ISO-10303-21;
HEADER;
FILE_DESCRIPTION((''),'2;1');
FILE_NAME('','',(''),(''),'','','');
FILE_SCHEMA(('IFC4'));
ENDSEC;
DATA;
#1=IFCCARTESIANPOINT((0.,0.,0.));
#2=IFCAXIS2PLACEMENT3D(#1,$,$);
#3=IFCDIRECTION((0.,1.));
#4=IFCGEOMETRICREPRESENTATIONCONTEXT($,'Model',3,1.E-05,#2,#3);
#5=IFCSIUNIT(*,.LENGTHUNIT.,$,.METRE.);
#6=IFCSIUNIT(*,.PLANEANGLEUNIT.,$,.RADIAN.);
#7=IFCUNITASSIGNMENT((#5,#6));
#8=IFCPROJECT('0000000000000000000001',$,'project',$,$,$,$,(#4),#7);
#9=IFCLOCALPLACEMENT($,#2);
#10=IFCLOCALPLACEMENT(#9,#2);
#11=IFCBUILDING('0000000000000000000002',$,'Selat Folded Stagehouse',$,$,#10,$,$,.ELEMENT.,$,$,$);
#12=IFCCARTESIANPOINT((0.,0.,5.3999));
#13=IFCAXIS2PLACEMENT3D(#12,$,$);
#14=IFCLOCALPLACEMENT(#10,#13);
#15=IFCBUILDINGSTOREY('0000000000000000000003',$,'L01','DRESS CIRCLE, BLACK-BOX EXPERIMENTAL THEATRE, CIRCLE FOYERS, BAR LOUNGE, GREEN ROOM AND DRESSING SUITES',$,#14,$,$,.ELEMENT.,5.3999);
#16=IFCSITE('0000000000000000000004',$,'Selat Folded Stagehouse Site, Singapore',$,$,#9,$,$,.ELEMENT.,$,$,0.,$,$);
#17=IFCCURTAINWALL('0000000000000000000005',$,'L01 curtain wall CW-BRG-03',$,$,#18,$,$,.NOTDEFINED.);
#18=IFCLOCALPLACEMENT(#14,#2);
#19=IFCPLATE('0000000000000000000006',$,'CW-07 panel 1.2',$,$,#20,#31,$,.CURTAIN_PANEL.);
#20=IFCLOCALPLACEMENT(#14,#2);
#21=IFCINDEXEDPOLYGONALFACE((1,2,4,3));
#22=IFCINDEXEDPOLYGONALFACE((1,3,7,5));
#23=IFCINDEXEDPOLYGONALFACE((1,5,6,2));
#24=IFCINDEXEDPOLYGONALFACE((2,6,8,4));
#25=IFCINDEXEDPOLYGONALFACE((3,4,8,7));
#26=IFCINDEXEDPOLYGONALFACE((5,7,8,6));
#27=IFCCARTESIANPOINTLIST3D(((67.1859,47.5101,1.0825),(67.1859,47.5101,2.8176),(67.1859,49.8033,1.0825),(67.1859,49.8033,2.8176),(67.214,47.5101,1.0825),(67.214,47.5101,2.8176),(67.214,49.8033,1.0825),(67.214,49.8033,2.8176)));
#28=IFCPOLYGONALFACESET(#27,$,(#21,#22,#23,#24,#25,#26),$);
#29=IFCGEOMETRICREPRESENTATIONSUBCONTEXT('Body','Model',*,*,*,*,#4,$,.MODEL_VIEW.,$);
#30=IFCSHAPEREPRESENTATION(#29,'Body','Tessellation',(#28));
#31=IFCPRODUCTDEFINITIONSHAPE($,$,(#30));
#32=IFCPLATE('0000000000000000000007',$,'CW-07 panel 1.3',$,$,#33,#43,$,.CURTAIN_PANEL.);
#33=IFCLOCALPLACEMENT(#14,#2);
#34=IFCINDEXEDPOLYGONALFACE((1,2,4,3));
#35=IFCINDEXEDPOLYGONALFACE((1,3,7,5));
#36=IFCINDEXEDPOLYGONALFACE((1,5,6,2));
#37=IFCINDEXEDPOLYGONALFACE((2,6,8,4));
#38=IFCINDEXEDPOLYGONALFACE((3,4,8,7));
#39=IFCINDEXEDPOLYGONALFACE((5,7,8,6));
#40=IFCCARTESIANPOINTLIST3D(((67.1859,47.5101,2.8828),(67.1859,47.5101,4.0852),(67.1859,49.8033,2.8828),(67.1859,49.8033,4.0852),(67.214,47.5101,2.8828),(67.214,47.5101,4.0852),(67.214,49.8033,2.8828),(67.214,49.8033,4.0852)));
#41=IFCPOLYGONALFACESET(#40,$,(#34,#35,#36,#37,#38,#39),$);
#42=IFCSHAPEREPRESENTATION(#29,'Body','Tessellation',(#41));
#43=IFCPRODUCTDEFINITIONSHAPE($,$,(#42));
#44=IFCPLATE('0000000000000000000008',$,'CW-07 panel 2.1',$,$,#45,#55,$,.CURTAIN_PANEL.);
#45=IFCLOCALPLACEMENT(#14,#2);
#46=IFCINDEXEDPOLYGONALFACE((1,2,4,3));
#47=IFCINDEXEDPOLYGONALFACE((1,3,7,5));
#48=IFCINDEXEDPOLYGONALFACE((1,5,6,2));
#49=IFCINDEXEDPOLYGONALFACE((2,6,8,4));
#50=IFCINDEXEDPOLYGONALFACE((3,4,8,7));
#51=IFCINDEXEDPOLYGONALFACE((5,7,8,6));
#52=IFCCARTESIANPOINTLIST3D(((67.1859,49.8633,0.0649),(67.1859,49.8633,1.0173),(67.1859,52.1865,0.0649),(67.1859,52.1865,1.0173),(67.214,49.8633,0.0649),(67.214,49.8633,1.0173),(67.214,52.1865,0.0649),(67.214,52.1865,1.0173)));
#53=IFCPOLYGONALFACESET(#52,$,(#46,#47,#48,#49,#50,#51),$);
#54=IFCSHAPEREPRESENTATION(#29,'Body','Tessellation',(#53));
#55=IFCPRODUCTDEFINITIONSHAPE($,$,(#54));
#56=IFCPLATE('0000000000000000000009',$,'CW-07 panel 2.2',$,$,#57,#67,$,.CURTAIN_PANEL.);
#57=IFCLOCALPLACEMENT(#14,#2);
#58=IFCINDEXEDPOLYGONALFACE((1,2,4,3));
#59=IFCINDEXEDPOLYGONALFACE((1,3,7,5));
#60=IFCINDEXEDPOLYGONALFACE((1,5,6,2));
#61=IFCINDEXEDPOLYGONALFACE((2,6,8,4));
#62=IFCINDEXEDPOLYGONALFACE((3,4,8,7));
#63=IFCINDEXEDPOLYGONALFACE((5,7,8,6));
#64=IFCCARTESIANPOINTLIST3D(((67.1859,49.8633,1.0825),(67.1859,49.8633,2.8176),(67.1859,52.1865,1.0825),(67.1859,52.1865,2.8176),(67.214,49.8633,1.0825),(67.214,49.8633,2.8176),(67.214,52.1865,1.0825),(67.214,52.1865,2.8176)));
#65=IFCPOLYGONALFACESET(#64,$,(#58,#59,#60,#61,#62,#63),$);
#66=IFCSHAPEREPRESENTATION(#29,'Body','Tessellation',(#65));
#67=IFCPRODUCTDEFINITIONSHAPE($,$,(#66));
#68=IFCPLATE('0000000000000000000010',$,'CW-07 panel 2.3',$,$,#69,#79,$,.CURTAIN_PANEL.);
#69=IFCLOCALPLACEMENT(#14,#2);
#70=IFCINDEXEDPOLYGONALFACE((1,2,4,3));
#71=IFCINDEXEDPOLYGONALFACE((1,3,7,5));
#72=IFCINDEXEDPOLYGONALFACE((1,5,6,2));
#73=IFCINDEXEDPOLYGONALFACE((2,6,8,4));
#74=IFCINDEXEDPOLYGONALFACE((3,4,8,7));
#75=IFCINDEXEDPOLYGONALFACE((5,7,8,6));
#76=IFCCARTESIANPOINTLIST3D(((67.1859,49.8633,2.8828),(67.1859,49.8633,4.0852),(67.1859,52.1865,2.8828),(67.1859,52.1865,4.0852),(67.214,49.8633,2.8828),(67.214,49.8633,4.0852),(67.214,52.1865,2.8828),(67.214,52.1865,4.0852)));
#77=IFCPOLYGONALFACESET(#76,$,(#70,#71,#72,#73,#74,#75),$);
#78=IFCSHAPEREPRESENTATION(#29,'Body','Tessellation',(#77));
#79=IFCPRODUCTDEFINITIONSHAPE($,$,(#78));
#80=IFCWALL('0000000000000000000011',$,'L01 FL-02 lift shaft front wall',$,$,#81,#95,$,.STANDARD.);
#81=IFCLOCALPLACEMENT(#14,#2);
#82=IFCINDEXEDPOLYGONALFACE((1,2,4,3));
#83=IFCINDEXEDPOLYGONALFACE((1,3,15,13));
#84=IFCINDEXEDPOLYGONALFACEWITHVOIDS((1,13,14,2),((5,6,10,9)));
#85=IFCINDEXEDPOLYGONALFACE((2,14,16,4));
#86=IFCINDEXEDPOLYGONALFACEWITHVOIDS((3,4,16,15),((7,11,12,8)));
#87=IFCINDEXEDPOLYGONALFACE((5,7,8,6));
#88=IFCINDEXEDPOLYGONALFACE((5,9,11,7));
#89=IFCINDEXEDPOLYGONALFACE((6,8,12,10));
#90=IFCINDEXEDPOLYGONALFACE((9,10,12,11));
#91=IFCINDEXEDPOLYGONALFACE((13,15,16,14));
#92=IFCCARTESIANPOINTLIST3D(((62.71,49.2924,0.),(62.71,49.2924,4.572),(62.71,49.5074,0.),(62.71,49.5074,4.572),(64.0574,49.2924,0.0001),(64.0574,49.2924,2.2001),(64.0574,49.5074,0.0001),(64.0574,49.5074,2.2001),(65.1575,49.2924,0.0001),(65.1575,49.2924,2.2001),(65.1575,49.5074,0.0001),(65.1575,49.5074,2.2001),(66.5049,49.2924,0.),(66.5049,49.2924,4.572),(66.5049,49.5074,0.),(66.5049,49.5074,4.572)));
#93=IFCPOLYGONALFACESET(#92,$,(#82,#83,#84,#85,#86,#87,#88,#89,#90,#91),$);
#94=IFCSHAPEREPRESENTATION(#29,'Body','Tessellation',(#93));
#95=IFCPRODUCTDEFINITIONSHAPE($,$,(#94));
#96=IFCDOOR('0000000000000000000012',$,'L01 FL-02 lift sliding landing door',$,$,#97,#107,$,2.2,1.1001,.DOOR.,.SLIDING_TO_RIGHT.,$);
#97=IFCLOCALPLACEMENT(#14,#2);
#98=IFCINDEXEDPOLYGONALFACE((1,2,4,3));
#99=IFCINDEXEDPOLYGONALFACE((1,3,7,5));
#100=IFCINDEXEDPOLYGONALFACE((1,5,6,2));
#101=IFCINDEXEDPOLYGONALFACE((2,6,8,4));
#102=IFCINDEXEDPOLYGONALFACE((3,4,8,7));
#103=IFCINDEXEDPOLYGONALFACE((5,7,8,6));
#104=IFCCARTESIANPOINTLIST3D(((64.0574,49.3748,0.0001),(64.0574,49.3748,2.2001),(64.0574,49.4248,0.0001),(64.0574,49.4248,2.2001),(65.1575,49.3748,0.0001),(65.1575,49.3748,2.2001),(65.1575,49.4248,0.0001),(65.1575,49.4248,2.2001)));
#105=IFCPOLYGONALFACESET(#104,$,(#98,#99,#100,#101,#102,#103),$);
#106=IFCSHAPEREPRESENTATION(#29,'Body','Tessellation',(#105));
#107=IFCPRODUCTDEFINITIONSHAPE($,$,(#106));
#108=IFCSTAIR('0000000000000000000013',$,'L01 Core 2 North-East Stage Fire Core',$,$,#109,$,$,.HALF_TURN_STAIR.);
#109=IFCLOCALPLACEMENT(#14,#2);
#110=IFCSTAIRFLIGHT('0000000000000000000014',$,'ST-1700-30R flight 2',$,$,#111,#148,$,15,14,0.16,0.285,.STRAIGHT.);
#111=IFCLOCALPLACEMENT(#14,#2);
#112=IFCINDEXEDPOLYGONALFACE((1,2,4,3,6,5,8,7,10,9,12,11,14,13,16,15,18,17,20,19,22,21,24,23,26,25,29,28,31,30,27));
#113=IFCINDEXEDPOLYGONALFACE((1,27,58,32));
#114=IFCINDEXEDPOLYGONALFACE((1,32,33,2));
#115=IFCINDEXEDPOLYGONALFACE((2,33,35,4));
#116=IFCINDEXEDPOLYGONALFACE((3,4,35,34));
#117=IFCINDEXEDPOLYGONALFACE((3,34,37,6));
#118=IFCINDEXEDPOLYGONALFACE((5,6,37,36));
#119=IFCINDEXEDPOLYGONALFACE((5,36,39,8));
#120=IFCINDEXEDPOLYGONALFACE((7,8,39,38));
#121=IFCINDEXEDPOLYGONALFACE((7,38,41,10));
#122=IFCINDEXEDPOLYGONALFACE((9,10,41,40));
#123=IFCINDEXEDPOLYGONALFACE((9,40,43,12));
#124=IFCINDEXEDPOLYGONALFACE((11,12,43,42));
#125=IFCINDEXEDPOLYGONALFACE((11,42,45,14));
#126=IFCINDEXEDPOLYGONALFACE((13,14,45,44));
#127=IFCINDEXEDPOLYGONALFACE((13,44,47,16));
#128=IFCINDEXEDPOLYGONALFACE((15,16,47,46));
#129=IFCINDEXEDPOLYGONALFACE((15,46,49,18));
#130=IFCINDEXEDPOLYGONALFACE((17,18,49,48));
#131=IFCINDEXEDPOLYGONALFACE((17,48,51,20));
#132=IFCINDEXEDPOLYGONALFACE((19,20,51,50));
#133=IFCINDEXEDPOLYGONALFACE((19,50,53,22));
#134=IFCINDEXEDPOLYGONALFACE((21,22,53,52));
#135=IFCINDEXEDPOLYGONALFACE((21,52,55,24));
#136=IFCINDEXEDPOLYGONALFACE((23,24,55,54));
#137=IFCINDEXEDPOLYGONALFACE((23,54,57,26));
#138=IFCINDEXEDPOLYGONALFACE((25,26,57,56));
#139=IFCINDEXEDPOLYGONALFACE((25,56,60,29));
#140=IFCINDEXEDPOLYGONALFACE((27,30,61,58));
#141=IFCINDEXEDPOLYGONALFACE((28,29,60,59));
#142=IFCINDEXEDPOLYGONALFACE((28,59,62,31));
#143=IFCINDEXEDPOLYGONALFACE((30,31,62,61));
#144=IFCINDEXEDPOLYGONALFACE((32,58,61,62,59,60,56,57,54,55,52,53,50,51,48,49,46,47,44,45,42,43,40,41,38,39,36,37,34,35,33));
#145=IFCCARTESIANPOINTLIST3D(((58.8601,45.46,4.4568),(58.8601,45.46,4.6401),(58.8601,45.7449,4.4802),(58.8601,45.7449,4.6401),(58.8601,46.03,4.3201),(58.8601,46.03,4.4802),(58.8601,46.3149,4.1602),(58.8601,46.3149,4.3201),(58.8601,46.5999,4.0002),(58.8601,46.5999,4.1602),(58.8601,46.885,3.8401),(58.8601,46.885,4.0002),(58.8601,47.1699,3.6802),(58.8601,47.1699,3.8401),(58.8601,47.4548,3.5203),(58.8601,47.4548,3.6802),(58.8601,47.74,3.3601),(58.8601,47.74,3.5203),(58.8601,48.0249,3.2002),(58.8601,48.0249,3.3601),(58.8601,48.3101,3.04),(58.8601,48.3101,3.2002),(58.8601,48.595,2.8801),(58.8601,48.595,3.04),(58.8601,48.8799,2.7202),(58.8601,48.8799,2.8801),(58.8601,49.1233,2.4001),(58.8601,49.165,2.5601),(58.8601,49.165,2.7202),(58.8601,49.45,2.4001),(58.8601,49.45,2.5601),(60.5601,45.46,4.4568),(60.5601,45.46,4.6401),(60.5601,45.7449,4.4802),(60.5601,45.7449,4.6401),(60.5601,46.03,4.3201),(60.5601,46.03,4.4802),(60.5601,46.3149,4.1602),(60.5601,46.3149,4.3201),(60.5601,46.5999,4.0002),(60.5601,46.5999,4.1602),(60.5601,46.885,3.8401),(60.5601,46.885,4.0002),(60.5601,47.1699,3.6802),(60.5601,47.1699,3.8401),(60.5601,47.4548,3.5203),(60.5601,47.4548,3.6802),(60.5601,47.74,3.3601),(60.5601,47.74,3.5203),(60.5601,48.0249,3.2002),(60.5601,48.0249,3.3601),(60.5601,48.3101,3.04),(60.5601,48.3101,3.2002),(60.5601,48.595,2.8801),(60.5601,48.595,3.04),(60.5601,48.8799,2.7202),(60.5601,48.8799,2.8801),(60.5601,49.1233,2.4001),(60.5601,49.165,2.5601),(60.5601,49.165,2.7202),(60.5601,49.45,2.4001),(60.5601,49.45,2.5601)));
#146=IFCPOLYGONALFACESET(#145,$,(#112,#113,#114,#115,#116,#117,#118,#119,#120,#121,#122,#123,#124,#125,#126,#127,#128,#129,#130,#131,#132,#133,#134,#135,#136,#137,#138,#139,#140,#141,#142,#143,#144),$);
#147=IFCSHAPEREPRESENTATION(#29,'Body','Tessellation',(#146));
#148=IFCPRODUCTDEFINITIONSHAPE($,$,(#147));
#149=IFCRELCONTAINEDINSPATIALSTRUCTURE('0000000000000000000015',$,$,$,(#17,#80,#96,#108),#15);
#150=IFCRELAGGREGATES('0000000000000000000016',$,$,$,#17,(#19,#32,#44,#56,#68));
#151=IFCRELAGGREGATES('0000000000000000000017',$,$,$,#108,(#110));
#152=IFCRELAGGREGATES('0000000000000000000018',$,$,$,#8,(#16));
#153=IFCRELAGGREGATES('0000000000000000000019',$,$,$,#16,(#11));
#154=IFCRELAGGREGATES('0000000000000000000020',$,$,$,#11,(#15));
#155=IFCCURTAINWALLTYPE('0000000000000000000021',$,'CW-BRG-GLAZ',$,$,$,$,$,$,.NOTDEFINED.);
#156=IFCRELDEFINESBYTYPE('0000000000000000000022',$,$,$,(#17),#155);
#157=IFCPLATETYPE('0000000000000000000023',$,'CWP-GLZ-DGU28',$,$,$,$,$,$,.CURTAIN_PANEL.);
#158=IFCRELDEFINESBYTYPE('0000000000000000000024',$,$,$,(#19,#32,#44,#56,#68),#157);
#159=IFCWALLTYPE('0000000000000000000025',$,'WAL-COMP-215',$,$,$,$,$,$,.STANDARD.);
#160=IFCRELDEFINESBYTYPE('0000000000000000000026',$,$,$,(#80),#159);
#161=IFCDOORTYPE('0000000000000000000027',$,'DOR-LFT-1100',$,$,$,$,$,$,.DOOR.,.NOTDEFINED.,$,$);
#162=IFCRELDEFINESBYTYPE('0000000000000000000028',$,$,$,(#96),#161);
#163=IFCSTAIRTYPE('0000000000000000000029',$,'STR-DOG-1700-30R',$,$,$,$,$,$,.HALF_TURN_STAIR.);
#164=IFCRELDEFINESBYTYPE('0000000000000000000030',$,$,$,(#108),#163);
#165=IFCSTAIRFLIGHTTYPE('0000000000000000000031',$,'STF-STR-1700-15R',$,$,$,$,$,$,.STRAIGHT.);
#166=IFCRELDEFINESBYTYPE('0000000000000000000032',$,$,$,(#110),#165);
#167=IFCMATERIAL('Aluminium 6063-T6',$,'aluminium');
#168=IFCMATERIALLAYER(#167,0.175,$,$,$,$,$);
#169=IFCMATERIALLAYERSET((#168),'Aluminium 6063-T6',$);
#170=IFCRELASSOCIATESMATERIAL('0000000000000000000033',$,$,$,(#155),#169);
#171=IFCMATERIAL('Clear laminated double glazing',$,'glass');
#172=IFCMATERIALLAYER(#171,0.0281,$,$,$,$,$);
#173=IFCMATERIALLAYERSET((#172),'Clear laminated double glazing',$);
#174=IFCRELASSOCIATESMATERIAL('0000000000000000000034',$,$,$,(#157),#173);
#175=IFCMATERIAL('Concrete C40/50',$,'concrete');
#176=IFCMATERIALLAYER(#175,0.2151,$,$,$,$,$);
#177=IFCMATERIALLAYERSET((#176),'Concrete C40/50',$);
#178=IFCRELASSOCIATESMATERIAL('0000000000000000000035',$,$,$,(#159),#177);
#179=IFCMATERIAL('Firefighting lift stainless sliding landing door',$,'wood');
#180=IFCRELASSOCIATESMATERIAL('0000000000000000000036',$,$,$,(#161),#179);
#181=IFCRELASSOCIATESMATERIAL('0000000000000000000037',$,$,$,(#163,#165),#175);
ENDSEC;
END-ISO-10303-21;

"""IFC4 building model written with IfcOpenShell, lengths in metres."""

from ifc_helpers import new_model, si_unit, direction, frame, frame_2d, origin, origin_2d, place, context, subcontext, project, spatial, polyline, rectangle, outline, extrude, material, layer, layer_set, type_object, element, fill, aggregate, save


model = new_model("IFC4")

# Units and contexts
model_context = context("Model", 3, precision=1e-05, world=origin(), true_north=direction((0.0, 1.0)))
body_context = subcontext(model_context, "Body", "Model", "MODEL_VIEW")
ifc_project = project(units=[si_unit("LENGTHUNIT", "METRE"), si_unit("PLANEANGLEUNIT", "RADIAN")], contexts=[model_context])

# Site, building, storey
site_placement = place(None, origin())
site = spatial("IfcSite", under=ifc_project, at=site_placement, Name="Selat Folded Stagehouse Site, Singapore", CompositionType="ELEMENT", RefElevation=0.0)
building_placement = place(site_placement, origin())
building = spatial("IfcBuilding", under=site, at=building_placement, Name="Selat Folded Stagehouse", CompositionType="ELEMENT")
storey_placement = place(building_placement, frame((0.0, 0.0, 5.3999)))
storey = spatial("IfcBuildingStorey", under=building, at=storey_placement, Name="L01", Description="DRESS CIRCLE, BLACK-BOX EXPERIMENTAL THEATRE, CIRCLE FOYERS, BAR LOUNGE, GREEN ROOM AND DRESSING SUITES", CompositionType="ELEMENT", Elevation=5.3999)

# Curtain wall, plates
ifc_material_1 = material(Name="Aluminium 6063-T6", Category="aluminium")
ifc_layer_1 = layer(ifc_material_1, 0.175)
ifc_layer_set_1 = layer_set([ifc_layer_1], Name="Aluminium 6063-T6")
curtain_wall_type = type_object("IfcCurtainWallType", Name="CW-BRG-GLAZ", PredefinedType="NOTDEFINED", material=ifc_layer_set_1)
curtain_wall_placement = place(storey_placement, origin())
curtain_wall = element("IfcCurtainWall", 1, at=curtain_wall_placement, inside=storey, type_object=curtain_wall_type, Name="L01 curtain wall CW-BRG-03", PredefinedType="NOTDEFINED")
ifc_material_2 = material(Name="Clear laminated double glazing", Category="glass")
ifc_layer_2 = layer(ifc_material_2, 0.0281)
ifc_layer_set_2 = layer_set([ifc_layer_2], Name="Clear laminated double glazing")
plate_type = type_object("IfcPlateType", Name="CWP-GLZ-DGU28", PredefinedType="CURTAIN_PANEL", material=ifc_layer_set_2)
plate_1_placement = place(storey_placement, frame((67.2, 48.6567, 1.0825), z_axis=(0.0, 0.0, 1.0), x_axis=(0.0, 1.0, 0.0)))
plate_1 = element("IfcPlate", 2, at=plate_1_placement, type_object=plate_type, Name="CW-07 panel 1.2", PredefinedType="CURTAIN_PANEL", context=body_context, shape_type="SweptSolid", body=[
    extrude(rectangle(XDim=2.2932, YDim=0.0281, at=origin_2d()), origin(), (0.0, 0.0, 1.0), 1.7351),
])
plate_2_placement = place(storey_placement, frame((67.2, 48.6567, 2.8828), z_axis=(0.0, 0.0, 1.0), x_axis=(0.0, 1.0, 0.0)))
plate_2 = element("IfcPlate", 3, at=plate_2_placement, type_object=plate_type, Name="CW-07 panel 1.3", PredefinedType="CURTAIN_PANEL", context=body_context, shape_type="SweptSolid", body=[
    extrude(rectangle(XDim=2.2932, YDim=0.0281, at=origin_2d()), origin(), (0.0, 0.0, 1.0), 1.2024),
])
plate_3_placement = place(storey_placement, frame((67.2, 51.0249, 0.0649), z_axis=(0.0, 0.0, 1.0), x_axis=(0.0, 1.0, 0.0)))
plate_3 = element("IfcPlate", 4, at=plate_3_placement, type_object=plate_type, Name="CW-07 panel 2.1", PredefinedType="CURTAIN_PANEL", context=body_context, shape_type="SweptSolid", body=[
    extrude(rectangle(XDim=2.3232, YDim=0.0281, at=origin_2d()), origin(), (0.0, 0.0, 1.0), 0.9524),
])
plate_4_placement = place(storey_placement, frame((67.2, 51.0249, 1.0825), z_axis=(0.0, 0.0, 1.0), x_axis=(0.0, 1.0, 0.0)))
plate_4 = element("IfcPlate", 5, at=plate_4_placement, type_object=plate_type, Name="CW-07 panel 2.2", PredefinedType="CURTAIN_PANEL", context=body_context, shape_type="SweptSolid", body=[
    extrude(rectangle(XDim=2.3232, YDim=0.0281, at=origin_2d()), origin(), (0.0, 0.0, 1.0), 1.7351),
])
plate_5_placement = place(storey_placement, frame((67.2, 51.0249, 2.8828), z_axis=(0.0, 0.0, 1.0), x_axis=(0.0, 1.0, 0.0)))
plate_5 = element("IfcPlate", 6, at=plate_5_placement, type_object=plate_type, Name="CW-07 panel 2.3", PredefinedType="CURTAIN_PANEL", context=body_context, shape_type="SweptSolid", body=[
    extrude(rectangle(XDim=2.3232, YDim=0.0281, at=origin_2d()), origin(), (0.0, 0.0, 1.0), 1.2024),
])
aggregate(curtain_wall, [plate_1, plate_2, plate_3, plate_4, plate_5])

# Wall, opening, door
ifc_material_3 = material(Name="Concrete C40/50", Category="concrete")
ifc_layer_3 = layer(ifc_material_3, 0.2151)
ifc_layer_set_3 = layer_set([ifc_layer_3], Name="Concrete C40/50")
wall_type = type_object("IfcWallType", Name="WAL-COMP-215", PredefinedType="STANDARD", material=ifc_layer_set_3)
wall_placement = place(storey_placement, frame((62.71, 49.3999, 0.0), z_axis=(0.0, 0.0, 1.0), x_axis=(1.0, 0.0, 0.0)))
wall = element("IfcWall", 7, at=wall_placement, inside=storey, type_object=wall_type, Name="L01 FL-02 lift shaft front wall", PredefinedType="STANDARD", context=body_context, shape_type="SweptSolid", body=[
    extrude(rectangle(XDim=3.7949, YDim=0.2151, at=frame_2d((1.8975, 0.0))), origin(), (0.0, 0.0, 1.0), 4.572),
])
opening_placement = place(wall_placement, frame((1.3474, 0.0, 0.0)))
opening = element("IfcOpeningElement", 8, at=opening_placement, cuts=wall, PredefinedType="OPENING", context=body_context, shape_type="SweptSolid", body=[
    extrude(rectangle(XDim=1.1001, YDim=2.2, at=frame_2d((0.55, 1.1001))), frame((0.0, 0.1174, 0.0), z_axis=(0.0, -1.0, 0.0), x_axis=(1.0, 0.0, 0.0)), (0.0, 0.0, 1.0), 0.2351),
])
ifc_material_4 = material(Name="Firefighting lift stainless sliding landing door", Category="wood")
door_type = type_object("IfcDoorType", Name="DOR-LFT-1100", OperationType="NOTDEFINED", PredefinedType="DOOR", material=ifc_material_4)
door_placement = place(opening_placement, origin())
door = element("IfcDoor", 9, at=door_placement, inside=storey, type_object=door_type, Name="L01 FL-02 lift sliding landing door", OperationType="SLIDING_TO_RIGHT", OverallHeight=2.2, OverallWidth=1.1001, PredefinedType="DOOR", context=body_context, shape_type="SweptSolid", body=[
    extrude(rectangle(XDim=1.1001, YDim=2.2, at=frame_2d((0.55, 1.1001))), frame((0.0, 0.0249, 0.0), z_axis=(0.0, -1.0, 0.0), x_axis=(1.0, 0.0, 0.0)), (0.0, 0.0, 1.0), 0.05),
])
fill(opening, door)

# Stair, stair flight
stair_type = type_object("IfcStairType", Name="STR-DOG-1700-30R", PredefinedType="HALF_TURN_STAIR", material=ifc_material_3)
stair_placement = place(storey_placement, origin())
stair = element("IfcStair", 10, at=stair_placement, inside=storey, type_object=stair_type, Name="L01 Core 2 North-East Stage Fire Core", PredefinedType="HALF_TURN_STAIR")
stair_flight_type = type_object("IfcStairFlightType", Name="STF-STR-1700-15R", PredefinedType="STRAIGHT", material=ifc_material_3)
stair_flight_placement = place(storey_placement, frame((59.71, 49.45, 2.4001), z_axis=(0.0, 0.0, 1.0), x_axis=(0.0, -1.0, 0.0)))
stair_flight = element("IfcStairFlight", 11, at=stair_flight_placement, type_object=stair_flight_type, Name="ST-1700-30R flight 2", NumberOfRisers=15, NumberOfTreads=14, PredefinedType="STRAIGHT", RiserHeight=0.16, TreadLength=0.285, context=body_context, shape_type="SweptSolid", body=[
    extrude(outline(polyline([(0.0, 0.0), (0.0, 0.1599), (0.2849, 0.1599), (0.2849, 0.3201), (0.5701, 0.3201), (0.5701, 0.48), (0.855, 0.48), (0.855, 0.6399), (1.1399, 0.6399), (1.1399, 0.8), (1.425, 0.8), (1.425, 0.96), (1.71, 0.96), (1.71, 1.1201), (1.9951, 1.1201), (1.9951, 1.28), (2.28, 1.28), (2.28, 1.4399), (2.5649, 1.4399), (2.5649, 1.6001), (2.8501, 1.6001), (2.8501, 1.76), (3.135, 1.76), (3.135, 1.9199), (3.4199, 1.9199), (3.4199, 2.0801), (3.7051, 2.0801), (3.7051, 2.24), (3.99, 2.24), (3.99, 2.3999), (3.99, 2.0566), (0.3267, 0.0), (0.0, 0.0)])), frame((0.0, 0.8501, 0.0), z_axis=(0.0, -1.0, 0.0), x_axis=(1.0, 0.0, 0.0)), (0.0, 0.0, 1.0), 1.7),
])
aggregate(stair, [stair_flight])

save(model, "model.ifc")
